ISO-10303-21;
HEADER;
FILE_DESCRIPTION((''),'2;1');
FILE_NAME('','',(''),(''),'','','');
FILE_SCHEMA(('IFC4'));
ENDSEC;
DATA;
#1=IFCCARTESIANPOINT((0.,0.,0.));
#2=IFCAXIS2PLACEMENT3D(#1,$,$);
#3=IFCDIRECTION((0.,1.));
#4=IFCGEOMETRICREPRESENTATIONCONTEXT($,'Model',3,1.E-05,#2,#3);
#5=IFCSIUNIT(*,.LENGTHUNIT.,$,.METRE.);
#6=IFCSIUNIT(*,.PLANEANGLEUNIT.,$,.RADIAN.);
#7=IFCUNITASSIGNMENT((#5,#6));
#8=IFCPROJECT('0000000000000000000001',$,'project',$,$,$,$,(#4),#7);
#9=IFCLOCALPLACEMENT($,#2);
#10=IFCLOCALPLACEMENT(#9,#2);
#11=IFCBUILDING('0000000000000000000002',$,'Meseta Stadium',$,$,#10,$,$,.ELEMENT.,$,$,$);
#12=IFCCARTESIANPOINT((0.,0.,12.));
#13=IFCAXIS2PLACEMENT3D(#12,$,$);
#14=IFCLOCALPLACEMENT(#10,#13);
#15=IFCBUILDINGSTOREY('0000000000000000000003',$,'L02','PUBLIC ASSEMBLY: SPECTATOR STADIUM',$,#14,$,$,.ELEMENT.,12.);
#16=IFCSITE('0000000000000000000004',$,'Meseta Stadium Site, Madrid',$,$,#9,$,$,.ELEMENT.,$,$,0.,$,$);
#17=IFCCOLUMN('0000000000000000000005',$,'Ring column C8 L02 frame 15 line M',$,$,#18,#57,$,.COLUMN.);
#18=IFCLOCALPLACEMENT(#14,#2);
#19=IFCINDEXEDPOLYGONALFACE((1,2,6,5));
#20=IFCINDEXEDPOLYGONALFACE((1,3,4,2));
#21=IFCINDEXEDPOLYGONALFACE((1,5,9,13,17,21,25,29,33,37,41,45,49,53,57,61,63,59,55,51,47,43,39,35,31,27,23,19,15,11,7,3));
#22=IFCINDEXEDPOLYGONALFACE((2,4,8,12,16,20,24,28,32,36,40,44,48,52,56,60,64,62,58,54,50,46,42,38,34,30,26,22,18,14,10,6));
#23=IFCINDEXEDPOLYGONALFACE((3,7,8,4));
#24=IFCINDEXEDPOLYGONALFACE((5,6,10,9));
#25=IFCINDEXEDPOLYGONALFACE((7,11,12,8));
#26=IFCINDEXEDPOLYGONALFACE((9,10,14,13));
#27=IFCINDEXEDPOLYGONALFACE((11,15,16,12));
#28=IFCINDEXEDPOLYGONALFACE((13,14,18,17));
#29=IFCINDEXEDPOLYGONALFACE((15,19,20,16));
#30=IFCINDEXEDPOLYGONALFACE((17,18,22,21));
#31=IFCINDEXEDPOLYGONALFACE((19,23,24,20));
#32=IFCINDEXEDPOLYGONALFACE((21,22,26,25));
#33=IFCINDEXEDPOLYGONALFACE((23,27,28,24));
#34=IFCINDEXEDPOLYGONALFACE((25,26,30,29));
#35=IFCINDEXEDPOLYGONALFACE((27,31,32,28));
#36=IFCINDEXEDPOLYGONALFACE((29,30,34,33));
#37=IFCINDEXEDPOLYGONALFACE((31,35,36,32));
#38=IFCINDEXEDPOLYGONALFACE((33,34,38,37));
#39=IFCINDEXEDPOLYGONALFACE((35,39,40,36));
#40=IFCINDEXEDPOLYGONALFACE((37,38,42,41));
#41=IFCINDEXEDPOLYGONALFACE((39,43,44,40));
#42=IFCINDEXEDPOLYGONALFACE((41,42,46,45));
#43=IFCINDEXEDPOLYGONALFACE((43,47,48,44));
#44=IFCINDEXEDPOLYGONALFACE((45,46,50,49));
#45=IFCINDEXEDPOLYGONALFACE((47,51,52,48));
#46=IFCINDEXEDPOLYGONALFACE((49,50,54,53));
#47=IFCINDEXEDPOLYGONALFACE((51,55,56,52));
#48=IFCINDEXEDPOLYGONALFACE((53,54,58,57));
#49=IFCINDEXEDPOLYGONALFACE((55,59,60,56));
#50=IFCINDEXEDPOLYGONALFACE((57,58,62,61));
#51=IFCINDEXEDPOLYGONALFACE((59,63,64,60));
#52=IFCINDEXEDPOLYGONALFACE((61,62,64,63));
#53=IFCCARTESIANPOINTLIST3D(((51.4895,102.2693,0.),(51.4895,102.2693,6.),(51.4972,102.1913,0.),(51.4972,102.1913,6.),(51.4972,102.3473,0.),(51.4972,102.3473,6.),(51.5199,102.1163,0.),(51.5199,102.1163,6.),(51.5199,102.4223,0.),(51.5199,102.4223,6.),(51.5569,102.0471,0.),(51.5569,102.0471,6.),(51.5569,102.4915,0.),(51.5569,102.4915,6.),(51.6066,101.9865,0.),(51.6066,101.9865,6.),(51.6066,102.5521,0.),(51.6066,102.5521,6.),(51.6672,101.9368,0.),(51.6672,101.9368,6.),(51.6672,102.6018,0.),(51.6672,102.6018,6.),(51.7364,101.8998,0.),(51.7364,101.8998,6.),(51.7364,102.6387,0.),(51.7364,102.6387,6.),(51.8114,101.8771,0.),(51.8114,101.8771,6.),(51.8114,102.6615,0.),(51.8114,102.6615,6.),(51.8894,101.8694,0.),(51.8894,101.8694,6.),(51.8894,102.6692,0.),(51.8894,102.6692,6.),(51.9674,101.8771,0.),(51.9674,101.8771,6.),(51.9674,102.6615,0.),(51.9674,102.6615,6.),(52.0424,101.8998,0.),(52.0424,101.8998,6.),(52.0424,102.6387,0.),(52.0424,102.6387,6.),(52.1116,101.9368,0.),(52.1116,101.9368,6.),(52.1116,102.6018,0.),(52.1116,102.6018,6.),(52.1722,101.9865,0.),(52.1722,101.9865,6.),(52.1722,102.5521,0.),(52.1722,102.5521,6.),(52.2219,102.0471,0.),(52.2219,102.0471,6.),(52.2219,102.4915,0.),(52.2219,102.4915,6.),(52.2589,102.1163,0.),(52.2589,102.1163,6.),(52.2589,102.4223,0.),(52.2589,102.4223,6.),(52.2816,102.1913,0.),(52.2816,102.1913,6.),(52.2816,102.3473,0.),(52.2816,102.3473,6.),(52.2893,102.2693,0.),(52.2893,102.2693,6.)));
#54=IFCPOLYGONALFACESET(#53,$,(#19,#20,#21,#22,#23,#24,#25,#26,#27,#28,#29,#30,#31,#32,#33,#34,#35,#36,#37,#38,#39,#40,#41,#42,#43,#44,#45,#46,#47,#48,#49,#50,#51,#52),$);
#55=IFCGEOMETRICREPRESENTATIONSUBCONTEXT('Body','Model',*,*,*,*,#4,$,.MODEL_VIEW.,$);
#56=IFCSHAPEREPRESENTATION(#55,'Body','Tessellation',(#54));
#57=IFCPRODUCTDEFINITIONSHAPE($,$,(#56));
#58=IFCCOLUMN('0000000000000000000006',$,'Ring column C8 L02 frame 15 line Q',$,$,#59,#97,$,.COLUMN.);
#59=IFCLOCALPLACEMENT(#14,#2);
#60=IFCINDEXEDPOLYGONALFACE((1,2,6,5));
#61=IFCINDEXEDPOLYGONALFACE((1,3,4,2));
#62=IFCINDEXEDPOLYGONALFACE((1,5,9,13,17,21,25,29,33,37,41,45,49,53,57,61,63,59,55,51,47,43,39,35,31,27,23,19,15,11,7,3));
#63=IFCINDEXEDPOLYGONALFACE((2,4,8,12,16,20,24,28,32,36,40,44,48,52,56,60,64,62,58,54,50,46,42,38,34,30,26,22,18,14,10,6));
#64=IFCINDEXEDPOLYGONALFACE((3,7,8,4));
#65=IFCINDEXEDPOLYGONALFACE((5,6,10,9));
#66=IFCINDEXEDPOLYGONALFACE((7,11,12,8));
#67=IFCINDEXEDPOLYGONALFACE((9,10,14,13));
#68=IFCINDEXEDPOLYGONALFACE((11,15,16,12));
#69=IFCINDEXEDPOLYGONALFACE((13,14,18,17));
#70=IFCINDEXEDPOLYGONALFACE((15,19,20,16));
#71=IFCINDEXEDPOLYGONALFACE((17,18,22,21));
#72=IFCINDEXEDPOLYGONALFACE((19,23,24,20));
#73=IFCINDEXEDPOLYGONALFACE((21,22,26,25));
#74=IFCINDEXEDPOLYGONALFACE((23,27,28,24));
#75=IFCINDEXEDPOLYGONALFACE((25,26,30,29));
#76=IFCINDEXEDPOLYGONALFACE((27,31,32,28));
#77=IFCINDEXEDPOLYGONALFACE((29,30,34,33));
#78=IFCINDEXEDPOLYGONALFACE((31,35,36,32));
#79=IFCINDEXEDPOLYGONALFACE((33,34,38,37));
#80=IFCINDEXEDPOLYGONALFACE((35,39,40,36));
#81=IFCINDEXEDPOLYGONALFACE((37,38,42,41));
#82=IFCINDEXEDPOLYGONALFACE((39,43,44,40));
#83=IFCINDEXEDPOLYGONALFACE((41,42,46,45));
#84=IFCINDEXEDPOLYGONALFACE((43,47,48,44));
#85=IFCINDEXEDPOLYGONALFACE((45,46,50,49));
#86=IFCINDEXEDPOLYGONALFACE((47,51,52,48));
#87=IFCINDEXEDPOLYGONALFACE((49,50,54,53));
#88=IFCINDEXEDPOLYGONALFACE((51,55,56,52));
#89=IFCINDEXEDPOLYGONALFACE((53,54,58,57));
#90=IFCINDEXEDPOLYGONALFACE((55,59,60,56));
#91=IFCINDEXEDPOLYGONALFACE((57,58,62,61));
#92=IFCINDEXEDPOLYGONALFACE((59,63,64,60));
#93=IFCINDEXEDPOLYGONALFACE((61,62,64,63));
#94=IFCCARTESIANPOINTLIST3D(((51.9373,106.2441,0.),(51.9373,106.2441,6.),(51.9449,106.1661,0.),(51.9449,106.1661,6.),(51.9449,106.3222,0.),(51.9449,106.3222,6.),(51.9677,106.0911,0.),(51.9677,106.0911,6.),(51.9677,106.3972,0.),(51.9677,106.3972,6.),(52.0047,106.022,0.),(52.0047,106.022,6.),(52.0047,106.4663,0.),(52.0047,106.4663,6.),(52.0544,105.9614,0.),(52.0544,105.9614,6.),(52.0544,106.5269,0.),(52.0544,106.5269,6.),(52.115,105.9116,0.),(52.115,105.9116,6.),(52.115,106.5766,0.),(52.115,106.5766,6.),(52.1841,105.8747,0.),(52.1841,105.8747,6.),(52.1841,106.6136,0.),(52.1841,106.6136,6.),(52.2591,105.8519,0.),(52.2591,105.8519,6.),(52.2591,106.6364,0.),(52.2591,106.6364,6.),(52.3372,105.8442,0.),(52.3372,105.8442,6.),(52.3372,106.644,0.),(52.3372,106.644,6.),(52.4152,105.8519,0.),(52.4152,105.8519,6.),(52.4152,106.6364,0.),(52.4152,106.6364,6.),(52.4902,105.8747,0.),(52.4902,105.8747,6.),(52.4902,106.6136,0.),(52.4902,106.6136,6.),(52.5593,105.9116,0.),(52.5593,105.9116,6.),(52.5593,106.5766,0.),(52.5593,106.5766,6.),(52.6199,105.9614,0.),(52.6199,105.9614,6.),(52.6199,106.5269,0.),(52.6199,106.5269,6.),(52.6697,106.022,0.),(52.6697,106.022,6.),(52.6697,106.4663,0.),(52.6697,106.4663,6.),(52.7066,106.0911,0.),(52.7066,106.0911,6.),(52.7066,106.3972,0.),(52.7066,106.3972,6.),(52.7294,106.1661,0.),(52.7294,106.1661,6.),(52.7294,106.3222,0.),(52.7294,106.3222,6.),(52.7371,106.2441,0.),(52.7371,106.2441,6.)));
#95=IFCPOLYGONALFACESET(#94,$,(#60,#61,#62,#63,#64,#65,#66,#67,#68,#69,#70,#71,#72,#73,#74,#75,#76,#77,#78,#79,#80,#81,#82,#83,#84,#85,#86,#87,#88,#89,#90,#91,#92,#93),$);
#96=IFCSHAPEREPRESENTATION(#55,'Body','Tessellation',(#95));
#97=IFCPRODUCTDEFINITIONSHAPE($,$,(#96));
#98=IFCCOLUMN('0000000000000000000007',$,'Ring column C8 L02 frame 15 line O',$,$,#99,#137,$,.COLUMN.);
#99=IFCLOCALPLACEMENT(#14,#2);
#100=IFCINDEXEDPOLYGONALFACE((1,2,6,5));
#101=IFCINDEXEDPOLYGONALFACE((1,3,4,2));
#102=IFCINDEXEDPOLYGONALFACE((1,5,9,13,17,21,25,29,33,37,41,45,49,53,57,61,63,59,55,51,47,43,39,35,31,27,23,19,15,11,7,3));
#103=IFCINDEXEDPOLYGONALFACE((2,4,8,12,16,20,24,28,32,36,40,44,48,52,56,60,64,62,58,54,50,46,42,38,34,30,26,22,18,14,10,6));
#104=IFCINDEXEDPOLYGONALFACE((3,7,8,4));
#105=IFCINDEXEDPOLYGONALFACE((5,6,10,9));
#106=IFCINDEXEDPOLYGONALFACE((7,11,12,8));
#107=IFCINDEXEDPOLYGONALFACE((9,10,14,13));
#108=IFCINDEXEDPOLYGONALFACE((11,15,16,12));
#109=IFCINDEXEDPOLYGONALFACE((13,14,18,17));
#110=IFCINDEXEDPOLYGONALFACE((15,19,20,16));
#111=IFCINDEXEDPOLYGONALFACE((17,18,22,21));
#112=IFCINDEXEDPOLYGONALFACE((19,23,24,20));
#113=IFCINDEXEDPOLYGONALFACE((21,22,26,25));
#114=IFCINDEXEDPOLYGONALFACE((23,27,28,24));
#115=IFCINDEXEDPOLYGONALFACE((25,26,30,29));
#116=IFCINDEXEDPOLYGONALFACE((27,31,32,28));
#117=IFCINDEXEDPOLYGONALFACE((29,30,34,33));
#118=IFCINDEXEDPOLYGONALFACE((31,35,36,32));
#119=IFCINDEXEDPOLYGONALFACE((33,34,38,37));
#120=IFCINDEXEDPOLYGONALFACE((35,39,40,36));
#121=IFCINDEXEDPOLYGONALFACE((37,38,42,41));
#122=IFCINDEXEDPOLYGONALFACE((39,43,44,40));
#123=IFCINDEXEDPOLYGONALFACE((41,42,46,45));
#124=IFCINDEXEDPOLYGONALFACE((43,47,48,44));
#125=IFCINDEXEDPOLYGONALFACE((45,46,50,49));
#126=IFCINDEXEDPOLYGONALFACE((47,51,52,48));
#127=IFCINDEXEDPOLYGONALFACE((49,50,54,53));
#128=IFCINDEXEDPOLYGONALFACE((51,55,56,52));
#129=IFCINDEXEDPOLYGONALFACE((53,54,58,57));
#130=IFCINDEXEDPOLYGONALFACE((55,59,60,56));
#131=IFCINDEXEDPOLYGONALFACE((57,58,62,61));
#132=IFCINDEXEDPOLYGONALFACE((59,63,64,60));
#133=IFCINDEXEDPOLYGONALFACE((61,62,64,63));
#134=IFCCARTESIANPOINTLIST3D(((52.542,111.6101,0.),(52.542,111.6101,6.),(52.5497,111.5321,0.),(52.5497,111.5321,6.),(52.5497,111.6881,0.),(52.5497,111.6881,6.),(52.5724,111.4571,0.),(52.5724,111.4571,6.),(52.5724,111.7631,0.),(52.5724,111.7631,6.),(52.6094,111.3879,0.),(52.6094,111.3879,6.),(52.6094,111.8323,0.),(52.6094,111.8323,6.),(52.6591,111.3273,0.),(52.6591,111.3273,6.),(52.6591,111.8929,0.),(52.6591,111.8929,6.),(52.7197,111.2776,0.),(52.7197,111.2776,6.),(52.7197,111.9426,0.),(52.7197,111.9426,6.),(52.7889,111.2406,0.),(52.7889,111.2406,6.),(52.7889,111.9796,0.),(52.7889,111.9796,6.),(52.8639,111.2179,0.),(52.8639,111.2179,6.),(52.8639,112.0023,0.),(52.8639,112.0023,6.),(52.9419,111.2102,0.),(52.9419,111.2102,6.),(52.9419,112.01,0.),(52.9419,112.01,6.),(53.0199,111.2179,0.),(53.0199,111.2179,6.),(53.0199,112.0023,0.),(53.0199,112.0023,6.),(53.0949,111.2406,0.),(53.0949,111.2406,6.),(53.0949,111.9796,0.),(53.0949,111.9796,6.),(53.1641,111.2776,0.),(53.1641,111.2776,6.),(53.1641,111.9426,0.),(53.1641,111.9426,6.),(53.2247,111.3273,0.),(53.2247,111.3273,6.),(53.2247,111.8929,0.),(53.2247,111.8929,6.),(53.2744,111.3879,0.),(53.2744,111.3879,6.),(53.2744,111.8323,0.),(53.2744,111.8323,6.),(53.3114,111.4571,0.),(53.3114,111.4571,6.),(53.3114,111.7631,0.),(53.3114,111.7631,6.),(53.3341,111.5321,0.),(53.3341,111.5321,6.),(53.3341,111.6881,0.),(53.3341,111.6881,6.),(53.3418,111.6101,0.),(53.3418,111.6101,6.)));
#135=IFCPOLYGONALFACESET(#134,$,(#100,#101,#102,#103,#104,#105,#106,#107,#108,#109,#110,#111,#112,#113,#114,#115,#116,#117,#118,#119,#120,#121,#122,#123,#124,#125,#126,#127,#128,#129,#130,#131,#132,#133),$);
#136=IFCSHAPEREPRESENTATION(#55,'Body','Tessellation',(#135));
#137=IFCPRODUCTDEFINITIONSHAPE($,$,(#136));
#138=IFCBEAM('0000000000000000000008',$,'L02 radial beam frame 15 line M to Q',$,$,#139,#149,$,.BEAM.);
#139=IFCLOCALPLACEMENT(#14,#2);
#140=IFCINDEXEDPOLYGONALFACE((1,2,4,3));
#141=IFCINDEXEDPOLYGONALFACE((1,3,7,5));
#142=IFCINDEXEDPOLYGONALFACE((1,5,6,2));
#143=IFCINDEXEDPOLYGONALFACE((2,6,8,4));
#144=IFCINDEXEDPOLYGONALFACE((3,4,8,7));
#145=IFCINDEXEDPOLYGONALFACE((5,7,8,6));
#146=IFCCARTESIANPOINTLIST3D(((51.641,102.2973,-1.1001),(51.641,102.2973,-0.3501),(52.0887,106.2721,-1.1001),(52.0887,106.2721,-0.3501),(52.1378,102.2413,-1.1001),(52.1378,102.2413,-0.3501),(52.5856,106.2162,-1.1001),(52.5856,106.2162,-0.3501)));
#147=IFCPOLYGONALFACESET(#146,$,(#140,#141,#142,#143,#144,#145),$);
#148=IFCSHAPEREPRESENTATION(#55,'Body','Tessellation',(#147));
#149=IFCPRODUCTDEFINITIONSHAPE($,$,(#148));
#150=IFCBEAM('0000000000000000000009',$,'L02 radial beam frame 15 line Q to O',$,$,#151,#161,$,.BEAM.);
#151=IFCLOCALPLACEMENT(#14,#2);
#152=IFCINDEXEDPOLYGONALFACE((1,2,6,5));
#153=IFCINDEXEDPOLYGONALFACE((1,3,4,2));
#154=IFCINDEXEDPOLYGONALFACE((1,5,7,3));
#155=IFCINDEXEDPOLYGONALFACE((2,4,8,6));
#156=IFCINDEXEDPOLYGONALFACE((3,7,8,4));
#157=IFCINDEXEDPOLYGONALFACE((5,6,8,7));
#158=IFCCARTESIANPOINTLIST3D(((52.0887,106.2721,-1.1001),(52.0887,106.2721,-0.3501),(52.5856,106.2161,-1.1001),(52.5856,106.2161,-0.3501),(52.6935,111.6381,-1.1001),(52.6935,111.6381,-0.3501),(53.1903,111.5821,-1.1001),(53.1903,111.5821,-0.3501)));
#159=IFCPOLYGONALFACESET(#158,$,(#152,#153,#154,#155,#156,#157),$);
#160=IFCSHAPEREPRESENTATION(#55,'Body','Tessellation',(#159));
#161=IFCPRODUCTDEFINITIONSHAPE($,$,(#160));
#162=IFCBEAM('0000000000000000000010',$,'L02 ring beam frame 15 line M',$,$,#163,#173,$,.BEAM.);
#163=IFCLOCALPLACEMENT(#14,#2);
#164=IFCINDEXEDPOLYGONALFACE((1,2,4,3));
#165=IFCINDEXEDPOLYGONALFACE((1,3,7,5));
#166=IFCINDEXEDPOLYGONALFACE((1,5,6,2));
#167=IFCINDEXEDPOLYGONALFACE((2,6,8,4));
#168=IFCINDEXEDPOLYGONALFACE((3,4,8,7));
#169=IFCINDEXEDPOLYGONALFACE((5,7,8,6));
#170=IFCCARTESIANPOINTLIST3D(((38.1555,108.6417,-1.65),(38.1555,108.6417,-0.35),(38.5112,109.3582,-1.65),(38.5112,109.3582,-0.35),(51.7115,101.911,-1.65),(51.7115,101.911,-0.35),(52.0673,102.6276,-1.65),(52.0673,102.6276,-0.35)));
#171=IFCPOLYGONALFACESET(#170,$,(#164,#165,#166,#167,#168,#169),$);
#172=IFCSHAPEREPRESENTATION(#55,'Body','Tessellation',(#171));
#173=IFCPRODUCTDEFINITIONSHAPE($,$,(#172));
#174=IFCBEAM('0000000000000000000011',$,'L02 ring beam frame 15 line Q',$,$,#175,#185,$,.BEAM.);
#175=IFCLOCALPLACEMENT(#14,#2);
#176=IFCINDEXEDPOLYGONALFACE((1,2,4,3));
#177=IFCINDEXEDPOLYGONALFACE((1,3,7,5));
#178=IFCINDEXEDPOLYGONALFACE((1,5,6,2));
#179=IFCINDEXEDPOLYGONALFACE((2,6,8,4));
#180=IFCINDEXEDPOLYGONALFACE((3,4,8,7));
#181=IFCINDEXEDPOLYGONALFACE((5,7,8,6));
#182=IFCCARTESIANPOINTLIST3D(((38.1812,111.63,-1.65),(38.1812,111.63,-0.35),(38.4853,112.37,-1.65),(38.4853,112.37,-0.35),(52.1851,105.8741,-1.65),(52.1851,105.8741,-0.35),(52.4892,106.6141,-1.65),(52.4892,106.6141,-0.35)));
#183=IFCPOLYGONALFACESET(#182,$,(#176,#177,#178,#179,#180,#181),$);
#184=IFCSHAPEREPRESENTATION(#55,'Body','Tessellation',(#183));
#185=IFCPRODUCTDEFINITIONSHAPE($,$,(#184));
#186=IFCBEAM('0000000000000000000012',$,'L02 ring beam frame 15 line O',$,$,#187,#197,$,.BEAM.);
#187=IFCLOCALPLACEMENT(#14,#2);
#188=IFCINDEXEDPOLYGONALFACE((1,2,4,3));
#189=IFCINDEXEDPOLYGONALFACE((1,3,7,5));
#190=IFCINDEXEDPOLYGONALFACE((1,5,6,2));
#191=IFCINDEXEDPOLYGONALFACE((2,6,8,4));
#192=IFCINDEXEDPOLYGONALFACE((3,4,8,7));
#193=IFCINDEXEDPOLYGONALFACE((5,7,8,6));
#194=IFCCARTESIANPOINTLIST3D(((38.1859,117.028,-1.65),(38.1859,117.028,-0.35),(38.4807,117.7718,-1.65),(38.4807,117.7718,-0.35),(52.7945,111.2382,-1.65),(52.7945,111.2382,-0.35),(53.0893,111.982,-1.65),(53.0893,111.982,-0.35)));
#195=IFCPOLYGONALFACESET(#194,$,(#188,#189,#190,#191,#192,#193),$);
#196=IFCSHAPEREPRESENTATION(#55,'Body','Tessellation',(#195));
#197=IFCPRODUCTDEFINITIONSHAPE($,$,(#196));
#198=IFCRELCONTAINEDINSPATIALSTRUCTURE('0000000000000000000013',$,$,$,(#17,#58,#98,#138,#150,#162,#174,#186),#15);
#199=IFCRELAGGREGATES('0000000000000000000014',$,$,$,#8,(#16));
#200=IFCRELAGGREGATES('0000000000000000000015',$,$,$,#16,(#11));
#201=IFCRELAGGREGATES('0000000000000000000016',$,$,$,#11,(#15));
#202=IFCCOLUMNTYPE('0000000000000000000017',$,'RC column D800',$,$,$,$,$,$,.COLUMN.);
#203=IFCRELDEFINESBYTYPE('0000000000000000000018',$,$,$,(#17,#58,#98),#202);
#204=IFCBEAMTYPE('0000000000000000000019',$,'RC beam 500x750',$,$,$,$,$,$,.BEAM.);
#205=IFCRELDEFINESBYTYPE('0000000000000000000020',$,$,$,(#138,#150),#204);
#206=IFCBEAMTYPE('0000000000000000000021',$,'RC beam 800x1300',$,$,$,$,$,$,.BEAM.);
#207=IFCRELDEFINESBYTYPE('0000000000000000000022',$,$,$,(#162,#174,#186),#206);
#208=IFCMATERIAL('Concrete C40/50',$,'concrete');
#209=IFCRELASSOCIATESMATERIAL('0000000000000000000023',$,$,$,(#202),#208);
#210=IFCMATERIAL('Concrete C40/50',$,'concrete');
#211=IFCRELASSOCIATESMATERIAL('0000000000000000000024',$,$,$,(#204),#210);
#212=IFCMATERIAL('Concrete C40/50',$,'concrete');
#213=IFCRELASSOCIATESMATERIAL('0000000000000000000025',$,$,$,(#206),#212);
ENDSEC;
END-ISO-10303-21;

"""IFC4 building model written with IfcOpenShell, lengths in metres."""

from ifc_helpers import new_model, si_unit, direction, frame, origin, origin_2d, place, context, subcontext, project, spatial, rectangle, circle, extrude, material, material_profile, profile_set, type_object, element, save


model = new_model("IFC4")

# Units and contexts
model_context = context("Model", 3, precision=1e-05, world=origin(), true_north=direction((0.0, 1.0)))
body_context = subcontext(model_context, "Body", "Model", "MODEL_VIEW")
ifc_project = project(units=[si_unit("LENGTHUNIT", "METRE"), si_unit("PLANEANGLEUNIT", "RADIAN")], contexts=[model_context])

# Site, building, storey
site_placement = place(None, origin())
site = spatial("IfcSite", under=ifc_project, at=site_placement, Name="Meseta Stadium Site, Madrid", CompositionType="ELEMENT", RefElevation=0.0)
building_placement = place(site_placement, origin())
building = spatial("IfcBuilding", under=site, at=building_placement, Name="Meseta Stadium", CompositionType="ELEMENT")
storey_placement = place(building_placement, frame((0.0, 0.0, 12.0)))
storey = spatial("IfcBuildingStorey", under=building, at=storey_placement, Name="L02", Description="PUBLIC ASSEMBLY: SPECTATOR STADIUM", CompositionType="ELEMENT", Elevation=12.0)

# Columns
ifc_material_1 = material(Name="Concrete C40/50", Category="concrete")
ifc_material_profile_1 = material_profile(ifc_material_1, circle(Radius=0.3999, at=origin_2d()), Name="RC D800")
ifc_profile_set_1 = profile_set([ifc_material_profile_1], Name="Concrete C40/50")
column_type = type_object("IfcColumnType", Name="RC column D800", PredefinedType="COLUMN", material=ifc_profile_set_1)
for number, where, z_axis, x_axis, name in (
    (1, (51.8894, 102.2693, 0.0), (0.0, 0.0, 1.0), (1.0, 0.0, 0.0), "Ring column C8 L02 frame 15 line M"),
    (2, (52.3372, 106.2441, 0.0), (0.0, 0.0, 1.0), (1.0, 0.0, 0.0), "Ring column C8 L02 frame 15 line Q"),
    (3, (52.9419, 111.6101, 0.0), (0.0, 0.0, 1.0), (1.0, 0.0, 0.0), "Ring column C8 L02 frame 15 line O"),
):
    element("IfcColumn", number, at=place(storey_placement, frame(where, z_axis=z_axis, x_axis=x_axis)), inside=storey, type_object=column_type, Name=name, PredefinedType="COLUMN", context=body_context, shape_type="SweptSolid", body=[
        extrude(circle(Radius=0.3999, at=origin_2d()), origin(), (0.0, 0.0, 1.0), 6.0),
    ])

# Beams
ifc_material_2 = material(Name="Concrete C40/50", Category="concrete")
ifc_material_profile_2 = material_profile(ifc_material_2, rectangle(XDim=0.5, YDim=0.75, at=origin_2d()), Name="RC 500x750")
ifc_profile_set_2 = profile_set([ifc_material_profile_2], Name="Concrete C40/50")
beam_type_1 = type_object("IfcBeamType", Name="RC beam 500x750", PredefinedType="BEAM", material=ifc_profile_set_2)
beam_1_placement = place(storey_placement, frame((51.8894, 102.2693, -0.7251), z_axis=(0.111939, 0.993715, 0.0), x_axis=(-0.993715, 0.111939, 0.0)))
element("IfcBeam", 4, at=beam_1_placement, inside=storey, type_object=beam_type_1, Name="L02 radial beam frame 15 line M to Q", PredefinedType="BEAM", context=body_context, shape_type="SweptSolid", body=[
    extrude(rectangle(XDim=0.5, YDim=0.75, at=origin_2d()), origin(), (0.0, 0.0, 1.0), 4.0),
])
beam_2_placement = place(storey_placement, frame((52.3372, 106.2441, -0.7251), z_axis=(0.11199, 0.993709, 0.0), x_axis=(-0.993709, 0.11199, 0.0)))
element("IfcBeam", 5, at=beam_2_placement, inside=storey, type_object=beam_type_1, Name="L02 radial beam frame 15 line Q to O", PredefinedType="BEAM", context=body_context, shape_type="SweptSolid", body=[
    extrude(rectangle(XDim=0.5, YDim=0.75, at=origin_2d()), origin(), (0.0, 0.0, 1.0), 5.3999),
])
ifc_material_3 = material(Name="Concrete C40/50", Category="concrete")
ifc_material_profile_3 = material_profile(ifc_material_3, rectangle(XDim=0.8, YDim=1.3, at=origin_2d()), Name="RC 800x1300")
ifc_profile_set_3 = profile_set([ifc_material_profile_3], Name="Concrete C40/50")
beam_type_2 = type_object("IfcBeamType", Name="RC beam 800x1300", PredefinedType="BEAM", material=ifc_profile_set_3)
beam_3_placement = place(storey_placement, frame((51.8894, 102.2693, -1.0), z_axis=(-0.895675, 0.444708, 0.0), x_axis=(-0.444708, -0.895675, 0.0)))
element("IfcBeam", 6, at=beam_3_placement, inside=storey, type_object=beam_type_2, Name="L02 ring beam frame 15 line M", PredefinedType="BEAM", context=body_context, shape_type="SweptSolid", body=[
    extrude(rectangle(XDim=0.8, YDim=1.3, at=origin_2d()), origin(), (0.0, 0.0, 1.0), 15.135),
])
beam_4_placement = place(storey_placement, frame((52.3372, 106.2441, -1.0), z_axis=(-0.924921, 0.380159, 0.0), x_axis=(-0.380159, -0.924921, 0.0)))
element("IfcBeam", 7, at=beam_4_placement, inside=storey, type_object=beam_type_2, Name="L02 ring beam frame 15 line Q", PredefinedType="BEAM", context=body_context, shape_type="SweptSolid", body=[
    extrude(rectangle(XDim=0.8, YDim=1.3, at=origin_2d()), origin(), (0.0, 0.0, 1.0), 15.1406),
])
beam_5_placement = place(storey_placement, frame((52.9419, 111.6101, -1.0), z_axis=(-0.92965, 0.368445, 0.0), x_axis=(-0.368445, -0.92965, 0.0)))
element("IfcBeam", 8, at=beam_5_placement, inside=storey, type_object=beam_type_2, Name="L02 ring beam frame 15 line O", PredefinedType="BEAM", context=body_context, shape_type="SweptSolid", body=[
    extrude(rectangle(XDim=0.8, YDim=1.3, at=origin_2d()), origin(), (0.0, 0.0, 1.0), 15.7141),
])

save(model, "model.ifc")
